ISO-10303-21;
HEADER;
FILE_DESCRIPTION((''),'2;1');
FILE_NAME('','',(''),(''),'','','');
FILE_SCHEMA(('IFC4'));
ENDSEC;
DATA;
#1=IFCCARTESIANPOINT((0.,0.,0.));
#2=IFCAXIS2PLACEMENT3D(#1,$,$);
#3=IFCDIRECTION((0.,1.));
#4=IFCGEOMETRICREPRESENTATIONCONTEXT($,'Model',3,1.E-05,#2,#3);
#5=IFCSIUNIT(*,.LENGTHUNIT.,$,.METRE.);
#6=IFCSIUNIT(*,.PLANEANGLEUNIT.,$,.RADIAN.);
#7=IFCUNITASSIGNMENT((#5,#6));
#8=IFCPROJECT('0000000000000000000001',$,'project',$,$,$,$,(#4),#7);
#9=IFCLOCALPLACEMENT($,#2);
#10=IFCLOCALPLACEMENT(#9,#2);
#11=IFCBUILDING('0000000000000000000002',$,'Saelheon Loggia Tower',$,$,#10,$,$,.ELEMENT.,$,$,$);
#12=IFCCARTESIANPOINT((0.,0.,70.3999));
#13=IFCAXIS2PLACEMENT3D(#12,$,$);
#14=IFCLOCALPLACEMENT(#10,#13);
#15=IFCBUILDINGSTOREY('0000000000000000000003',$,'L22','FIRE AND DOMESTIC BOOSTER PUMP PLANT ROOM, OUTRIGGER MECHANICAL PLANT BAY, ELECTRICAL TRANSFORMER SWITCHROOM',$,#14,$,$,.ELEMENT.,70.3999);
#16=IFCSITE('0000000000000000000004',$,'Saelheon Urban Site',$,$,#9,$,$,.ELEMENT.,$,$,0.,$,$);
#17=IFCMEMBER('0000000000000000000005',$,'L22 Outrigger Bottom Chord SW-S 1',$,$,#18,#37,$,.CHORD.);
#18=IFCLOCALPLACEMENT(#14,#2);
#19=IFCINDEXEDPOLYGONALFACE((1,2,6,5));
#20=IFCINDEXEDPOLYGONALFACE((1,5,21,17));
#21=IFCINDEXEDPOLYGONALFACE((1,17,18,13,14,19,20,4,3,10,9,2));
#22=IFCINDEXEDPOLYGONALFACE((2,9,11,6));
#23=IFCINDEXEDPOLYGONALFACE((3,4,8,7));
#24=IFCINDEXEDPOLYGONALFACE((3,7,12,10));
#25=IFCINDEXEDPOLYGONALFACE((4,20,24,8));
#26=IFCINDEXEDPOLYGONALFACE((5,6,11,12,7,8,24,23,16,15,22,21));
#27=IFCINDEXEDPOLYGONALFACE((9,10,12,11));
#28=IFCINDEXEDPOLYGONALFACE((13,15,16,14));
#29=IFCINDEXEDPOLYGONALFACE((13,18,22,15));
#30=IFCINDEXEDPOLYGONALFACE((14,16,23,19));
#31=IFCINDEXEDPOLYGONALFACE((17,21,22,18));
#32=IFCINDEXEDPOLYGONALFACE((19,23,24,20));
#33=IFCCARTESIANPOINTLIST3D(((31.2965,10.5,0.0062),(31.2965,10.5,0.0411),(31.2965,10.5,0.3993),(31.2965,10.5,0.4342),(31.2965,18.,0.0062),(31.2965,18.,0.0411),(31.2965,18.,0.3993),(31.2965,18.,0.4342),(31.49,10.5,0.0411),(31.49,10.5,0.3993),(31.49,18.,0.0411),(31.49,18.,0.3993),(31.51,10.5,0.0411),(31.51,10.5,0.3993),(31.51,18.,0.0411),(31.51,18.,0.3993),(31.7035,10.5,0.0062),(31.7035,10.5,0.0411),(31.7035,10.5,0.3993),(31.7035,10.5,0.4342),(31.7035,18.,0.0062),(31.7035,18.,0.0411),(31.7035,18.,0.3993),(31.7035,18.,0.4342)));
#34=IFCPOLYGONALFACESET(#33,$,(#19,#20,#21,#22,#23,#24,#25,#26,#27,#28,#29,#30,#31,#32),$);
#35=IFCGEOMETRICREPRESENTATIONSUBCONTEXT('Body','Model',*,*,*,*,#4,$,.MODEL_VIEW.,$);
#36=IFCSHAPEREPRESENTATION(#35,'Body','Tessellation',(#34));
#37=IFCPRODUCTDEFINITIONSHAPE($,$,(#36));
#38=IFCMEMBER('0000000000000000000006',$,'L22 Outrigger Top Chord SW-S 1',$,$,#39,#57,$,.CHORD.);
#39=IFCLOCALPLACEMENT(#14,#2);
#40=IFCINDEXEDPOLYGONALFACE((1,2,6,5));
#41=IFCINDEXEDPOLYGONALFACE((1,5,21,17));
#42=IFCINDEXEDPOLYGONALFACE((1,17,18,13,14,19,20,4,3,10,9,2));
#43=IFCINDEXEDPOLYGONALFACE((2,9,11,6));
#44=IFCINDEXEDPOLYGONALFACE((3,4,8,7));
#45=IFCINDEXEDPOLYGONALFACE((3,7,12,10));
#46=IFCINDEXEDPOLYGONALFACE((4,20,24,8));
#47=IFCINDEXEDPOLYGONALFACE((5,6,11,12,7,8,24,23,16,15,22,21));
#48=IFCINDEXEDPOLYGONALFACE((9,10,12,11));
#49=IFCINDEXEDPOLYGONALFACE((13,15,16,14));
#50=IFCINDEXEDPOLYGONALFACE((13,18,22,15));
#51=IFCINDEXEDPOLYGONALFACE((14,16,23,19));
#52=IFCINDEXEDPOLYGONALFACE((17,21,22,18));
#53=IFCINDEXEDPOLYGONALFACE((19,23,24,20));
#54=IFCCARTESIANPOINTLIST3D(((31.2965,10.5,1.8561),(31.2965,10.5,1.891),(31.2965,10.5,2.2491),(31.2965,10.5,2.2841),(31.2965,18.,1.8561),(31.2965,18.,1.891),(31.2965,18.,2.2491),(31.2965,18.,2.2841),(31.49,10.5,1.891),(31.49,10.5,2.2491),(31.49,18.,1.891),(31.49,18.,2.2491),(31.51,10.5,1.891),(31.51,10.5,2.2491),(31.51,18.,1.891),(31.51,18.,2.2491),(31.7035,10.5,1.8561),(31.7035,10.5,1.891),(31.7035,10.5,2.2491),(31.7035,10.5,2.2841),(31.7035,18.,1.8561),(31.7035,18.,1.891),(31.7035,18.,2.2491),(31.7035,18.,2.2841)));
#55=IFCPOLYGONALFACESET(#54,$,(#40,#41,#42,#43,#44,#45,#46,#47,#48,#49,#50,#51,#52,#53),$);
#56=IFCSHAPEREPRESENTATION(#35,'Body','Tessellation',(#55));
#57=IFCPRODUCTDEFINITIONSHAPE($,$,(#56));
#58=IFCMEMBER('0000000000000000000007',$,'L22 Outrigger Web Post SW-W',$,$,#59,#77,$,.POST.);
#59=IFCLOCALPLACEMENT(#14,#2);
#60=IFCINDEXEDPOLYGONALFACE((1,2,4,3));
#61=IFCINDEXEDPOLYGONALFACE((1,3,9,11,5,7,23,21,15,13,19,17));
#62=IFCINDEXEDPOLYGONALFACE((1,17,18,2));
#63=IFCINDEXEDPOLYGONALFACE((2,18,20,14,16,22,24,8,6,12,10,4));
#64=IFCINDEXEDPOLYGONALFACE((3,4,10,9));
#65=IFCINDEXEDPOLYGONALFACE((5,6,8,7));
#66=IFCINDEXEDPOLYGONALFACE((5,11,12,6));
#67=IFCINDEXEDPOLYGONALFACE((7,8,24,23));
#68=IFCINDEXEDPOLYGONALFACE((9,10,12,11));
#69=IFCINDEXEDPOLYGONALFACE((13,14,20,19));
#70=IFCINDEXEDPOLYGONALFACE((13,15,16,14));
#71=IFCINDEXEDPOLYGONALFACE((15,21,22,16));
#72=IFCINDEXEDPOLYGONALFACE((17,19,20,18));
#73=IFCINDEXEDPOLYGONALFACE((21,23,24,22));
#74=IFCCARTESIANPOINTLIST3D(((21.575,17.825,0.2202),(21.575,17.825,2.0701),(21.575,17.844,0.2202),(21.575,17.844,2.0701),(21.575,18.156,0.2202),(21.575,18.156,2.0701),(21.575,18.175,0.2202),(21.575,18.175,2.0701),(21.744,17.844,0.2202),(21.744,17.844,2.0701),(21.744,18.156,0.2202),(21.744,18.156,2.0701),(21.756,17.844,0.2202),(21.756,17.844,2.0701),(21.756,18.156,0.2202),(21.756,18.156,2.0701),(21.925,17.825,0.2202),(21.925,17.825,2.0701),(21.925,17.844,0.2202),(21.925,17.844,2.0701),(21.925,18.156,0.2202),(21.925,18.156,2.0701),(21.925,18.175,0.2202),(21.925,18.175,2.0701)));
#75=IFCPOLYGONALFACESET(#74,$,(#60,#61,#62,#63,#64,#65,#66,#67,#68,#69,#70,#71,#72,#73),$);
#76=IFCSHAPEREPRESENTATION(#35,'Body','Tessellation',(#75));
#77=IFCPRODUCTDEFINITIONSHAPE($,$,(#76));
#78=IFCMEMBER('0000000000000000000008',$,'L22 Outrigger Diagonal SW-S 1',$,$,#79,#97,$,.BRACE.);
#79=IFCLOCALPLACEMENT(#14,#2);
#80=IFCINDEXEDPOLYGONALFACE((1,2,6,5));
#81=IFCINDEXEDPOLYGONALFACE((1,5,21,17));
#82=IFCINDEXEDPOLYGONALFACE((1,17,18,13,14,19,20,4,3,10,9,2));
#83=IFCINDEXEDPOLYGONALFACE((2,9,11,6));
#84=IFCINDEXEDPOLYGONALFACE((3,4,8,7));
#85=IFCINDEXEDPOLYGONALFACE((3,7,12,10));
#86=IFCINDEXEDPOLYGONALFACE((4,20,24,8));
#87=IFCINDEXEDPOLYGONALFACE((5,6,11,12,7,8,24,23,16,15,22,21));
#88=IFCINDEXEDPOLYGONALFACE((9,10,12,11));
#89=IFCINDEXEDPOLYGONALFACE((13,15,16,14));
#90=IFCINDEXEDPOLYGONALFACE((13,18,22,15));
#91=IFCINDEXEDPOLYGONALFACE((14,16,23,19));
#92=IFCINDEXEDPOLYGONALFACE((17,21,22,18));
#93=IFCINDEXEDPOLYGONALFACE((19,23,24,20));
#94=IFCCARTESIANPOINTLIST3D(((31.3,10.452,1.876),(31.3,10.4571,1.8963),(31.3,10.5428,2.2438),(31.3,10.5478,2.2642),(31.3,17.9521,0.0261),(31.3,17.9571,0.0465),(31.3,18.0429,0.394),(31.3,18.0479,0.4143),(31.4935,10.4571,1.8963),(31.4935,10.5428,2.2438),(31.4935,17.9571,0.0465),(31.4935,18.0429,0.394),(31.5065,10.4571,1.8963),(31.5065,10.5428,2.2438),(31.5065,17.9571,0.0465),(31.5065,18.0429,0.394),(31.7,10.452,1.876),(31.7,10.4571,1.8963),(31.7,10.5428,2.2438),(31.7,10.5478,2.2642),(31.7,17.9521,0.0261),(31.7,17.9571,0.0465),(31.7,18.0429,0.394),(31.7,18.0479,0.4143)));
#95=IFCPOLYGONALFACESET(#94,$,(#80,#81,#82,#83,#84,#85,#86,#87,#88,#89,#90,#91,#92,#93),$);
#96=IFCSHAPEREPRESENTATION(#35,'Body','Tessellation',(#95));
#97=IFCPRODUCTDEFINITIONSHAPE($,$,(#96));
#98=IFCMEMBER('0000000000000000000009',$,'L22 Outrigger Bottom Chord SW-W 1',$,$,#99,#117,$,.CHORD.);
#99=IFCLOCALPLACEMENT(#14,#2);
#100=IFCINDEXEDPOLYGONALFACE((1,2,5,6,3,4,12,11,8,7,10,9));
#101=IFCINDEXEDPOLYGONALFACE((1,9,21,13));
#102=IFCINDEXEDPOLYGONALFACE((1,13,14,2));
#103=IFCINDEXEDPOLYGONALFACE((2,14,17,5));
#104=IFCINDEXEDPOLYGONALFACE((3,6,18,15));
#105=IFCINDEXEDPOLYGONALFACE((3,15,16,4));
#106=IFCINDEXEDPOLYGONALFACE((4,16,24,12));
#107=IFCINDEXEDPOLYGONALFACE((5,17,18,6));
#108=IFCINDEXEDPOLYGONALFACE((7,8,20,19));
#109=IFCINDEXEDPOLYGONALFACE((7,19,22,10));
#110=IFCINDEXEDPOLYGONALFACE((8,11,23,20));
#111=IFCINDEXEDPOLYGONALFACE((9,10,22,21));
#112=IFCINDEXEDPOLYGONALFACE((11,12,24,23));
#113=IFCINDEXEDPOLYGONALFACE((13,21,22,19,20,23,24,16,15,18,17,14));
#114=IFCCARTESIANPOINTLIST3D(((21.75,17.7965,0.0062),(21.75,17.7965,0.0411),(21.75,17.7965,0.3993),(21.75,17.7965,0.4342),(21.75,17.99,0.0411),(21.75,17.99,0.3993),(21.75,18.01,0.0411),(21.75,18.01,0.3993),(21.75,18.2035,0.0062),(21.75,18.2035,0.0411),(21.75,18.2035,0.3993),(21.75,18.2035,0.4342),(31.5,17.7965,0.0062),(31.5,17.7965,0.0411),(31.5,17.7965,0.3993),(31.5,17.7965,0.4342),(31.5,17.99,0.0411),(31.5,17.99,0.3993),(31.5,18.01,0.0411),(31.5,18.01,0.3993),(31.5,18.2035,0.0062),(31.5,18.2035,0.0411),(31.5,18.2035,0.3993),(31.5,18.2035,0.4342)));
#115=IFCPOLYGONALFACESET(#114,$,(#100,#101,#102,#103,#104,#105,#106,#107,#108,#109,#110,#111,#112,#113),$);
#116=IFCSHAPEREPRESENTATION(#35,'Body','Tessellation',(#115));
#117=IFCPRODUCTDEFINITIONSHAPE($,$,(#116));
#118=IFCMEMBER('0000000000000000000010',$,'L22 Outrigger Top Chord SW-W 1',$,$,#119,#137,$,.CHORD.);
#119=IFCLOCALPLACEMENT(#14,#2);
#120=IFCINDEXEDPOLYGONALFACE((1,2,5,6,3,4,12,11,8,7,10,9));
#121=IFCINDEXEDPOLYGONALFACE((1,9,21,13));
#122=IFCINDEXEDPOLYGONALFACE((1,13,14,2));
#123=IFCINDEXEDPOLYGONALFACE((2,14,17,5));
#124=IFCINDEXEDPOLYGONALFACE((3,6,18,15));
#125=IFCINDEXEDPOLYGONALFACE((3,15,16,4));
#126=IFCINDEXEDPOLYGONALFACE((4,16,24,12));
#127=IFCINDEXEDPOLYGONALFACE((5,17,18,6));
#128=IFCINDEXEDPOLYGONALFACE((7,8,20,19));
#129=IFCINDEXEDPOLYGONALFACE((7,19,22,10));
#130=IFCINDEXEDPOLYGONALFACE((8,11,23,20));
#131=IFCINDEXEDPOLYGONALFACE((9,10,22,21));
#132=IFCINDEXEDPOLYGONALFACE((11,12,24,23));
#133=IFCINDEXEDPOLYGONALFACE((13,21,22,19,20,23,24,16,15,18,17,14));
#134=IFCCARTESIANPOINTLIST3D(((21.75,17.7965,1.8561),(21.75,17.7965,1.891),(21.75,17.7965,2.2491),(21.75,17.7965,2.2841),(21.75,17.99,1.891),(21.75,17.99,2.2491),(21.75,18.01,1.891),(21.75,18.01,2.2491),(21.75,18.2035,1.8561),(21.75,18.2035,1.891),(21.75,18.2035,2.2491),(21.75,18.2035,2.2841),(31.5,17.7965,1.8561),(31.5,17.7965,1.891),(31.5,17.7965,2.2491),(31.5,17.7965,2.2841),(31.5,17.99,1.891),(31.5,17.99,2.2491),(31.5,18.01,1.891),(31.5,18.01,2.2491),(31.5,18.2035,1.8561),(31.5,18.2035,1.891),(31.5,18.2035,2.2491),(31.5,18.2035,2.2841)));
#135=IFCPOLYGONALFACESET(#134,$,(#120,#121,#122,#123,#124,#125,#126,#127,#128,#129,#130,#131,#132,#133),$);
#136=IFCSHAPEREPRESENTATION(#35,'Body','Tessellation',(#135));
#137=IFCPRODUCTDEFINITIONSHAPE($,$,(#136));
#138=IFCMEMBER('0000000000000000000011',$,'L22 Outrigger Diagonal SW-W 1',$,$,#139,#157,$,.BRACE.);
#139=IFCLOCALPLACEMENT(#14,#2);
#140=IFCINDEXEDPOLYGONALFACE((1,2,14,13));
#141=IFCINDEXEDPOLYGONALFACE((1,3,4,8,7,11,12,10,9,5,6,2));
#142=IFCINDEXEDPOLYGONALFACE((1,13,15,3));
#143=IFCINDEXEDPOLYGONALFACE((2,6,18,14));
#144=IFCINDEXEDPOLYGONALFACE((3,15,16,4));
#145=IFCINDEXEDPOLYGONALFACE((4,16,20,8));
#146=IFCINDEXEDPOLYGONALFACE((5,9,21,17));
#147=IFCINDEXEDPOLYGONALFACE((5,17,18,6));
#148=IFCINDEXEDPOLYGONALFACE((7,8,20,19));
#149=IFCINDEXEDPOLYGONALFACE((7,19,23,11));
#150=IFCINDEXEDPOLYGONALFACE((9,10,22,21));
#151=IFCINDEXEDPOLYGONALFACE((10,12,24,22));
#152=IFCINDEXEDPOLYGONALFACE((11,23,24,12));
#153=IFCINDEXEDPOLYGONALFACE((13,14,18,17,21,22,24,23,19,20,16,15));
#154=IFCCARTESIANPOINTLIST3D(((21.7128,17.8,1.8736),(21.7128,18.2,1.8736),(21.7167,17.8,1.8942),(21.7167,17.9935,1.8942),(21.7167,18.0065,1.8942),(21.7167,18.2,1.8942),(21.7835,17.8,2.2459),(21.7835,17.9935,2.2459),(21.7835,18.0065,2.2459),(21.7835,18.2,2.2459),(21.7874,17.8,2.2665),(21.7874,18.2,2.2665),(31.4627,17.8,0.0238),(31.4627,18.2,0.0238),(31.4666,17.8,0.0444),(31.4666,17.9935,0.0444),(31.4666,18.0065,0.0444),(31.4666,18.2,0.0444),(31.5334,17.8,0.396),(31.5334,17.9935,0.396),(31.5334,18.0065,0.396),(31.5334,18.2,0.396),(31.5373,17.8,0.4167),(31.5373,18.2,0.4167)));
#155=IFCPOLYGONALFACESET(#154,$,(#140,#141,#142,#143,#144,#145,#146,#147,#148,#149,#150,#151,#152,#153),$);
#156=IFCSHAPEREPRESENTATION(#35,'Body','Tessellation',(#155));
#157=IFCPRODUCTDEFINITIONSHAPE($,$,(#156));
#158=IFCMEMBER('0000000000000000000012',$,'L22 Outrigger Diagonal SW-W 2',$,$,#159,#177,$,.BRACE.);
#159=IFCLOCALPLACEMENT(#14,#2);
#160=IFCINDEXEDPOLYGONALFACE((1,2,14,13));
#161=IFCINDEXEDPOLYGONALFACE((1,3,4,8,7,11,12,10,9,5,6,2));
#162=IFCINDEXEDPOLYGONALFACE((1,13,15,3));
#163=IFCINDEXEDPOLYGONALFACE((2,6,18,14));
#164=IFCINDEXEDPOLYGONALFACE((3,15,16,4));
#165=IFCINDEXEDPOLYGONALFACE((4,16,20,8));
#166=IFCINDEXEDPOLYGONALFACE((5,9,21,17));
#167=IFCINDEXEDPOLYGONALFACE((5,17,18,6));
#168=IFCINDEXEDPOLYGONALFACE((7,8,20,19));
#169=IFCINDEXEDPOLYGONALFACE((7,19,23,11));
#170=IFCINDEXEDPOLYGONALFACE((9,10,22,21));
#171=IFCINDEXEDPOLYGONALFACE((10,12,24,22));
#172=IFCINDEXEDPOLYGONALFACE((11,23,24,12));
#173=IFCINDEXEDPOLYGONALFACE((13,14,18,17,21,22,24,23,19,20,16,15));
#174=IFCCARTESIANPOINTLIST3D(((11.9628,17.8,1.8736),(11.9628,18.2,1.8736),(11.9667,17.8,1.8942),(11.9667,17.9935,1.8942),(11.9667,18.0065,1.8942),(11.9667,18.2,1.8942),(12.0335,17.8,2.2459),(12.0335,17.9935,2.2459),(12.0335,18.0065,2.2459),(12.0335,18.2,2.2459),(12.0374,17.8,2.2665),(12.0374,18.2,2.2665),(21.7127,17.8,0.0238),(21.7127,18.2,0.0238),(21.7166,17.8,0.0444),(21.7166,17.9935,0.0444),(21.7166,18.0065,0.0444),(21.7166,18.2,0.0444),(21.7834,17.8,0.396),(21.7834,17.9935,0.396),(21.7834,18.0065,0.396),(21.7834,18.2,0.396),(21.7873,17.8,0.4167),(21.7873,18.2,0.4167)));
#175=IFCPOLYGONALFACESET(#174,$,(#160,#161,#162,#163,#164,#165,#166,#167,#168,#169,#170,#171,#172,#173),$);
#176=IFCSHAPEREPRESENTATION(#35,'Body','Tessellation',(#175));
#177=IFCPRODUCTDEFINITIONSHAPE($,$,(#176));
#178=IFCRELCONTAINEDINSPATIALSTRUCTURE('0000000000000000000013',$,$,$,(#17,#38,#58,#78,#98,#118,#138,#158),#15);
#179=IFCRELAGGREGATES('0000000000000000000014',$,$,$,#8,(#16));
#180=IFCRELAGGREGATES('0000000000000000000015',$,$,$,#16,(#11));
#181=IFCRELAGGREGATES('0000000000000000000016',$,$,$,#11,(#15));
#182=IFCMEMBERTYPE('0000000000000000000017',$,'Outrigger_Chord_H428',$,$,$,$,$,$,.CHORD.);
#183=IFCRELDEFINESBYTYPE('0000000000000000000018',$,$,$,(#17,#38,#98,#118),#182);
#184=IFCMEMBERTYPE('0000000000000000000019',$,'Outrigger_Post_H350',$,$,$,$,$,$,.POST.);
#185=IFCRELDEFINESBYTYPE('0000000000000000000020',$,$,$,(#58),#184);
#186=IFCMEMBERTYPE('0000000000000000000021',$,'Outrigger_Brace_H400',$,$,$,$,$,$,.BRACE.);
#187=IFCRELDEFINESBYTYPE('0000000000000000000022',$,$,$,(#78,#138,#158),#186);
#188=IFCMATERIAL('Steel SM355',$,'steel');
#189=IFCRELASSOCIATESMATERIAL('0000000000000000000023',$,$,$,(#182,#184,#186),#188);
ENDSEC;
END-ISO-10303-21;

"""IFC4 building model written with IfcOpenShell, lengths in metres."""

from ifc_helpers import new_model, si_unit, direction, frame, origin, origin_2d, place, context, subcontext, project, spatial, i_section, extrude, source, transform, mapped, material, material_profile, profile_set, type_object, element, save


model = new_model("IFC4")

# Units and contexts
model_context = context("Model", 3, precision=1e-05, world=origin(), true_north=direction((0.0, 1.0)))
body_context = subcontext(model_context, "Body", "Model", "MODEL_VIEW")
ifc_project = project(units=[si_unit("LENGTHUNIT", "METRE"), si_unit("PLANEANGLEUNIT", "RADIAN")], contexts=[model_context])

# Site, building, storey
site_placement = place(None, origin())
site = spatial("IfcSite", under=ifc_project, at=site_placement, Name="Saelheon Urban Site", CompositionType="ELEMENT", RefElevation=0.0)
building_placement = place(site_placement, origin())
building = spatial("IfcBuilding", under=site, at=building_placement, Name="Saelheon Loggia Tower", CompositionType="ELEMENT")
storey_placement = place(building_placement, frame((0.0, 0.0, 70.3999)))
storey = spatial("IfcBuildingStorey", under=building, at=storey_placement, Name="L22", Description="FIRE AND DOMESTIC BOOSTER PUMP PLANT ROOM, OUTRIGGER MECHANICAL PLANT BAY, ELECTRICAL TRANSFORMER SWITCHROOM", CompositionType="ELEMENT", Elevation=70.3999)

# Members
ifc_material_1 = material(Name="Steel SM355", Category="steel")
ifc_material_profile_1 = material_profile(ifc_material_1, i_section(OverallWidth=0.407, OverallDepth=0.428, WebThickness=0.02, FlangeThickness=0.0349, at=origin_2d()), Name="H-428x407x20x35")
ifc_profile_set_1 = profile_set([ifc_material_profile_1], Name="Steel SM355")
member_type_1 = type_object("IfcMemberType", Name="Outrigger_Chord_H428", PredefinedType="CHORD", material=ifc_profile_set_1)
shared_shape_1 = source(origin(), body_context, "Body", "SweptSolid", [
    extrude(i_section(OverallWidth=0.407, OverallDepth=0.428, WebThickness=0.02, FlangeThickness=0.0349, at=origin_2d()), origin(), (0.0, 0.0, 1.0), 7.5),
])
for number, where, z_axis, x_axis, name in (
    (1, (31.5, 18.0, 0.2202), (0.0, -1.0, 0.0), (1.0, 0.0, 0.0), "L22 Outrigger Bottom Chord SW-S 1"),
    (2, (31.5, 18.0, 2.0701), (0.0, -1.0, 0.0), (1.0, 0.0, 0.0), "L22 Outrigger Top Chord SW-S 1"),
):
    element("IfcMember", number, at=place(storey_placement, frame(where, z_axis=z_axis, x_axis=x_axis)), inside=storey, type_object=member_type_1, Name=name, PredefinedType="CHORD", context=body_context, shape_type="MappedRepresentation", body=[
        mapped(shared_shape_1, transform((0.0, 0.0, 0.0), scale=1.0)),
    ])
ifc_material_profile_2 = material_profile(ifc_material_1, i_section(OverallWidth=0.3501, OverallDepth=0.3501, WebThickness=0.012, FlangeThickness=0.019, at=origin_2d()), Name="H-350x350x12x19")
ifc_profile_set_2 = profile_set([ifc_material_profile_2], Name="Steel SM355")
member_type_2 = type_object("IfcMemberType", Name="Outrigger_Post_H350", PredefinedType="POST", material=ifc_profile_set_2)
shared_shape_2 = source(origin(), body_context, "Body", "SweptSolid", [
    extrude(i_section(OverallWidth=0.3501, OverallDepth=0.3501, WebThickness=0.012, FlangeThickness=0.019, at=origin_2d()), origin(), (0.0, 0.0, 1.0), 1.8499),
])
member_1_placement = place(storey_placement, frame((21.75, 18.0, 0.2202), z_axis=(0.0, 0.0, 1.0), x_axis=(1.0, 0.0, 0.0)))
element("IfcMember", 3, at=member_1_placement, inside=storey, type_object=member_type_2, Name="L22 Outrigger Web Post SW-W", PredefinedType="POST", context=body_context, shape_type="MappedRepresentation", body=[
    mapped(shared_shape_2, transform((0.0, 0.0, 0.0), scale=1.0)),
])
ifc_material_profile_3 = material_profile(ifc_material_1, i_section(OverallWidth=0.3999, OverallDepth=0.3999, WebThickness=0.0129, FlangeThickness=0.021, at=origin_2d()), Name="H-400x400x13x21")
ifc_profile_set_3 = profile_set([ifc_material_profile_3], Name="Steel SM355")
member_type_3 = type_object("IfcMemberType", Name="Outrigger_Brace_H400", PredefinedType="BRACE", material=ifc_profile_set_3)
shared_shape_3 = source(origin(), body_context, "Body", "SweptSolid", [
    extrude(i_section(OverallWidth=0.3999, OverallDepth=0.3999, WebThickness=0.0129, FlangeThickness=0.021, at=origin_2d()), origin(), (0.0, 0.0, 1.0), 7.7249),
])
member_2_placement = place(storey_placement, frame((31.5, 18.0, 0.2202), z_axis=(0.0, -0.970904, 0.239471), x_axis=(1.0, 0.0, 0.0)))
element("IfcMember", 4, at=member_2_placement, inside=storey, type_object=member_type_3, Name="L22 Outrigger Diagonal SW-S 1", PredefinedType="BRACE", context=body_context, shape_type="MappedRepresentation", body=[
    mapped(shared_shape_3, transform((0.0, 0.0, 0.0), scale=1.0)),
])
shared_shape_4 = source(origin(), body_context, "Body", "SweptSolid", [
    extrude(i_section(OverallWidth=0.407, OverallDepth=0.428, WebThickness=0.02, FlangeThickness=0.0349, at=origin_2d()), origin(), (0.0, 0.0, 1.0), 9.75),
])
for number, where, z_axis, x_axis, name in (
    (5, (31.5, 18.0, 0.2202), (-1.0, 0.0, 0.0), (0.0, -1.0, 0.0), "L22 Outrigger Bottom Chord SW-W 1"),
    (6, (31.5, 18.0, 2.0701), (-1.0, 0.0, 0.0), (0.0, -1.0, 0.0), "L22 Outrigger Top Chord SW-W 1"),
):
    element("IfcMember", number, at=place(storey_placement, frame(where, z_axis=z_axis, x_axis=x_axis)), inside=storey, type_object=member_type_1, Name=name, PredefinedType="CHORD", context=body_context, shape_type="MappedRepresentation", body=[
        mapped(shared_shape_4, transform((0.0, 0.0, 0.0), scale=1.0)),
    ])
shared_shape_5 = source(origin(), body_context, "Body", "SweptSolid", [
    extrude(i_section(OverallWidth=0.3999, OverallDepth=0.3999, WebThickness=0.0129, FlangeThickness=0.021, at=origin_2d()), origin(), (0.0, 0.0, 1.0), 9.9238),
])
for number, where, z_axis, x_axis, name in (
    (7, (31.5, 18.0, 0.2202), (-0.982473, 0.0, 0.186403), (0.0, -1.0, 0.0), "L22 Outrigger Diagonal SW-W 1"),
    (8, (21.75, 18.0, 0.2202), (-0.982473, 0.0, 0.186403), (0.0, -1.0, 0.0), "L22 Outrigger Diagonal SW-W 2"),
):
    element("IfcMember", number, at=place(storey_placement, frame(where, z_axis=z_axis, x_axis=x_axis)), inside=storey, type_object=member_type_3, Name=name, PredefinedType="BRACE", context=body_context, shape_type="MappedRepresentation", body=[
        mapped(shared_shape_5, transform((0.0, 0.0, 0.0), scale=1.0)),
    ])

save(model, "model.ifc")
